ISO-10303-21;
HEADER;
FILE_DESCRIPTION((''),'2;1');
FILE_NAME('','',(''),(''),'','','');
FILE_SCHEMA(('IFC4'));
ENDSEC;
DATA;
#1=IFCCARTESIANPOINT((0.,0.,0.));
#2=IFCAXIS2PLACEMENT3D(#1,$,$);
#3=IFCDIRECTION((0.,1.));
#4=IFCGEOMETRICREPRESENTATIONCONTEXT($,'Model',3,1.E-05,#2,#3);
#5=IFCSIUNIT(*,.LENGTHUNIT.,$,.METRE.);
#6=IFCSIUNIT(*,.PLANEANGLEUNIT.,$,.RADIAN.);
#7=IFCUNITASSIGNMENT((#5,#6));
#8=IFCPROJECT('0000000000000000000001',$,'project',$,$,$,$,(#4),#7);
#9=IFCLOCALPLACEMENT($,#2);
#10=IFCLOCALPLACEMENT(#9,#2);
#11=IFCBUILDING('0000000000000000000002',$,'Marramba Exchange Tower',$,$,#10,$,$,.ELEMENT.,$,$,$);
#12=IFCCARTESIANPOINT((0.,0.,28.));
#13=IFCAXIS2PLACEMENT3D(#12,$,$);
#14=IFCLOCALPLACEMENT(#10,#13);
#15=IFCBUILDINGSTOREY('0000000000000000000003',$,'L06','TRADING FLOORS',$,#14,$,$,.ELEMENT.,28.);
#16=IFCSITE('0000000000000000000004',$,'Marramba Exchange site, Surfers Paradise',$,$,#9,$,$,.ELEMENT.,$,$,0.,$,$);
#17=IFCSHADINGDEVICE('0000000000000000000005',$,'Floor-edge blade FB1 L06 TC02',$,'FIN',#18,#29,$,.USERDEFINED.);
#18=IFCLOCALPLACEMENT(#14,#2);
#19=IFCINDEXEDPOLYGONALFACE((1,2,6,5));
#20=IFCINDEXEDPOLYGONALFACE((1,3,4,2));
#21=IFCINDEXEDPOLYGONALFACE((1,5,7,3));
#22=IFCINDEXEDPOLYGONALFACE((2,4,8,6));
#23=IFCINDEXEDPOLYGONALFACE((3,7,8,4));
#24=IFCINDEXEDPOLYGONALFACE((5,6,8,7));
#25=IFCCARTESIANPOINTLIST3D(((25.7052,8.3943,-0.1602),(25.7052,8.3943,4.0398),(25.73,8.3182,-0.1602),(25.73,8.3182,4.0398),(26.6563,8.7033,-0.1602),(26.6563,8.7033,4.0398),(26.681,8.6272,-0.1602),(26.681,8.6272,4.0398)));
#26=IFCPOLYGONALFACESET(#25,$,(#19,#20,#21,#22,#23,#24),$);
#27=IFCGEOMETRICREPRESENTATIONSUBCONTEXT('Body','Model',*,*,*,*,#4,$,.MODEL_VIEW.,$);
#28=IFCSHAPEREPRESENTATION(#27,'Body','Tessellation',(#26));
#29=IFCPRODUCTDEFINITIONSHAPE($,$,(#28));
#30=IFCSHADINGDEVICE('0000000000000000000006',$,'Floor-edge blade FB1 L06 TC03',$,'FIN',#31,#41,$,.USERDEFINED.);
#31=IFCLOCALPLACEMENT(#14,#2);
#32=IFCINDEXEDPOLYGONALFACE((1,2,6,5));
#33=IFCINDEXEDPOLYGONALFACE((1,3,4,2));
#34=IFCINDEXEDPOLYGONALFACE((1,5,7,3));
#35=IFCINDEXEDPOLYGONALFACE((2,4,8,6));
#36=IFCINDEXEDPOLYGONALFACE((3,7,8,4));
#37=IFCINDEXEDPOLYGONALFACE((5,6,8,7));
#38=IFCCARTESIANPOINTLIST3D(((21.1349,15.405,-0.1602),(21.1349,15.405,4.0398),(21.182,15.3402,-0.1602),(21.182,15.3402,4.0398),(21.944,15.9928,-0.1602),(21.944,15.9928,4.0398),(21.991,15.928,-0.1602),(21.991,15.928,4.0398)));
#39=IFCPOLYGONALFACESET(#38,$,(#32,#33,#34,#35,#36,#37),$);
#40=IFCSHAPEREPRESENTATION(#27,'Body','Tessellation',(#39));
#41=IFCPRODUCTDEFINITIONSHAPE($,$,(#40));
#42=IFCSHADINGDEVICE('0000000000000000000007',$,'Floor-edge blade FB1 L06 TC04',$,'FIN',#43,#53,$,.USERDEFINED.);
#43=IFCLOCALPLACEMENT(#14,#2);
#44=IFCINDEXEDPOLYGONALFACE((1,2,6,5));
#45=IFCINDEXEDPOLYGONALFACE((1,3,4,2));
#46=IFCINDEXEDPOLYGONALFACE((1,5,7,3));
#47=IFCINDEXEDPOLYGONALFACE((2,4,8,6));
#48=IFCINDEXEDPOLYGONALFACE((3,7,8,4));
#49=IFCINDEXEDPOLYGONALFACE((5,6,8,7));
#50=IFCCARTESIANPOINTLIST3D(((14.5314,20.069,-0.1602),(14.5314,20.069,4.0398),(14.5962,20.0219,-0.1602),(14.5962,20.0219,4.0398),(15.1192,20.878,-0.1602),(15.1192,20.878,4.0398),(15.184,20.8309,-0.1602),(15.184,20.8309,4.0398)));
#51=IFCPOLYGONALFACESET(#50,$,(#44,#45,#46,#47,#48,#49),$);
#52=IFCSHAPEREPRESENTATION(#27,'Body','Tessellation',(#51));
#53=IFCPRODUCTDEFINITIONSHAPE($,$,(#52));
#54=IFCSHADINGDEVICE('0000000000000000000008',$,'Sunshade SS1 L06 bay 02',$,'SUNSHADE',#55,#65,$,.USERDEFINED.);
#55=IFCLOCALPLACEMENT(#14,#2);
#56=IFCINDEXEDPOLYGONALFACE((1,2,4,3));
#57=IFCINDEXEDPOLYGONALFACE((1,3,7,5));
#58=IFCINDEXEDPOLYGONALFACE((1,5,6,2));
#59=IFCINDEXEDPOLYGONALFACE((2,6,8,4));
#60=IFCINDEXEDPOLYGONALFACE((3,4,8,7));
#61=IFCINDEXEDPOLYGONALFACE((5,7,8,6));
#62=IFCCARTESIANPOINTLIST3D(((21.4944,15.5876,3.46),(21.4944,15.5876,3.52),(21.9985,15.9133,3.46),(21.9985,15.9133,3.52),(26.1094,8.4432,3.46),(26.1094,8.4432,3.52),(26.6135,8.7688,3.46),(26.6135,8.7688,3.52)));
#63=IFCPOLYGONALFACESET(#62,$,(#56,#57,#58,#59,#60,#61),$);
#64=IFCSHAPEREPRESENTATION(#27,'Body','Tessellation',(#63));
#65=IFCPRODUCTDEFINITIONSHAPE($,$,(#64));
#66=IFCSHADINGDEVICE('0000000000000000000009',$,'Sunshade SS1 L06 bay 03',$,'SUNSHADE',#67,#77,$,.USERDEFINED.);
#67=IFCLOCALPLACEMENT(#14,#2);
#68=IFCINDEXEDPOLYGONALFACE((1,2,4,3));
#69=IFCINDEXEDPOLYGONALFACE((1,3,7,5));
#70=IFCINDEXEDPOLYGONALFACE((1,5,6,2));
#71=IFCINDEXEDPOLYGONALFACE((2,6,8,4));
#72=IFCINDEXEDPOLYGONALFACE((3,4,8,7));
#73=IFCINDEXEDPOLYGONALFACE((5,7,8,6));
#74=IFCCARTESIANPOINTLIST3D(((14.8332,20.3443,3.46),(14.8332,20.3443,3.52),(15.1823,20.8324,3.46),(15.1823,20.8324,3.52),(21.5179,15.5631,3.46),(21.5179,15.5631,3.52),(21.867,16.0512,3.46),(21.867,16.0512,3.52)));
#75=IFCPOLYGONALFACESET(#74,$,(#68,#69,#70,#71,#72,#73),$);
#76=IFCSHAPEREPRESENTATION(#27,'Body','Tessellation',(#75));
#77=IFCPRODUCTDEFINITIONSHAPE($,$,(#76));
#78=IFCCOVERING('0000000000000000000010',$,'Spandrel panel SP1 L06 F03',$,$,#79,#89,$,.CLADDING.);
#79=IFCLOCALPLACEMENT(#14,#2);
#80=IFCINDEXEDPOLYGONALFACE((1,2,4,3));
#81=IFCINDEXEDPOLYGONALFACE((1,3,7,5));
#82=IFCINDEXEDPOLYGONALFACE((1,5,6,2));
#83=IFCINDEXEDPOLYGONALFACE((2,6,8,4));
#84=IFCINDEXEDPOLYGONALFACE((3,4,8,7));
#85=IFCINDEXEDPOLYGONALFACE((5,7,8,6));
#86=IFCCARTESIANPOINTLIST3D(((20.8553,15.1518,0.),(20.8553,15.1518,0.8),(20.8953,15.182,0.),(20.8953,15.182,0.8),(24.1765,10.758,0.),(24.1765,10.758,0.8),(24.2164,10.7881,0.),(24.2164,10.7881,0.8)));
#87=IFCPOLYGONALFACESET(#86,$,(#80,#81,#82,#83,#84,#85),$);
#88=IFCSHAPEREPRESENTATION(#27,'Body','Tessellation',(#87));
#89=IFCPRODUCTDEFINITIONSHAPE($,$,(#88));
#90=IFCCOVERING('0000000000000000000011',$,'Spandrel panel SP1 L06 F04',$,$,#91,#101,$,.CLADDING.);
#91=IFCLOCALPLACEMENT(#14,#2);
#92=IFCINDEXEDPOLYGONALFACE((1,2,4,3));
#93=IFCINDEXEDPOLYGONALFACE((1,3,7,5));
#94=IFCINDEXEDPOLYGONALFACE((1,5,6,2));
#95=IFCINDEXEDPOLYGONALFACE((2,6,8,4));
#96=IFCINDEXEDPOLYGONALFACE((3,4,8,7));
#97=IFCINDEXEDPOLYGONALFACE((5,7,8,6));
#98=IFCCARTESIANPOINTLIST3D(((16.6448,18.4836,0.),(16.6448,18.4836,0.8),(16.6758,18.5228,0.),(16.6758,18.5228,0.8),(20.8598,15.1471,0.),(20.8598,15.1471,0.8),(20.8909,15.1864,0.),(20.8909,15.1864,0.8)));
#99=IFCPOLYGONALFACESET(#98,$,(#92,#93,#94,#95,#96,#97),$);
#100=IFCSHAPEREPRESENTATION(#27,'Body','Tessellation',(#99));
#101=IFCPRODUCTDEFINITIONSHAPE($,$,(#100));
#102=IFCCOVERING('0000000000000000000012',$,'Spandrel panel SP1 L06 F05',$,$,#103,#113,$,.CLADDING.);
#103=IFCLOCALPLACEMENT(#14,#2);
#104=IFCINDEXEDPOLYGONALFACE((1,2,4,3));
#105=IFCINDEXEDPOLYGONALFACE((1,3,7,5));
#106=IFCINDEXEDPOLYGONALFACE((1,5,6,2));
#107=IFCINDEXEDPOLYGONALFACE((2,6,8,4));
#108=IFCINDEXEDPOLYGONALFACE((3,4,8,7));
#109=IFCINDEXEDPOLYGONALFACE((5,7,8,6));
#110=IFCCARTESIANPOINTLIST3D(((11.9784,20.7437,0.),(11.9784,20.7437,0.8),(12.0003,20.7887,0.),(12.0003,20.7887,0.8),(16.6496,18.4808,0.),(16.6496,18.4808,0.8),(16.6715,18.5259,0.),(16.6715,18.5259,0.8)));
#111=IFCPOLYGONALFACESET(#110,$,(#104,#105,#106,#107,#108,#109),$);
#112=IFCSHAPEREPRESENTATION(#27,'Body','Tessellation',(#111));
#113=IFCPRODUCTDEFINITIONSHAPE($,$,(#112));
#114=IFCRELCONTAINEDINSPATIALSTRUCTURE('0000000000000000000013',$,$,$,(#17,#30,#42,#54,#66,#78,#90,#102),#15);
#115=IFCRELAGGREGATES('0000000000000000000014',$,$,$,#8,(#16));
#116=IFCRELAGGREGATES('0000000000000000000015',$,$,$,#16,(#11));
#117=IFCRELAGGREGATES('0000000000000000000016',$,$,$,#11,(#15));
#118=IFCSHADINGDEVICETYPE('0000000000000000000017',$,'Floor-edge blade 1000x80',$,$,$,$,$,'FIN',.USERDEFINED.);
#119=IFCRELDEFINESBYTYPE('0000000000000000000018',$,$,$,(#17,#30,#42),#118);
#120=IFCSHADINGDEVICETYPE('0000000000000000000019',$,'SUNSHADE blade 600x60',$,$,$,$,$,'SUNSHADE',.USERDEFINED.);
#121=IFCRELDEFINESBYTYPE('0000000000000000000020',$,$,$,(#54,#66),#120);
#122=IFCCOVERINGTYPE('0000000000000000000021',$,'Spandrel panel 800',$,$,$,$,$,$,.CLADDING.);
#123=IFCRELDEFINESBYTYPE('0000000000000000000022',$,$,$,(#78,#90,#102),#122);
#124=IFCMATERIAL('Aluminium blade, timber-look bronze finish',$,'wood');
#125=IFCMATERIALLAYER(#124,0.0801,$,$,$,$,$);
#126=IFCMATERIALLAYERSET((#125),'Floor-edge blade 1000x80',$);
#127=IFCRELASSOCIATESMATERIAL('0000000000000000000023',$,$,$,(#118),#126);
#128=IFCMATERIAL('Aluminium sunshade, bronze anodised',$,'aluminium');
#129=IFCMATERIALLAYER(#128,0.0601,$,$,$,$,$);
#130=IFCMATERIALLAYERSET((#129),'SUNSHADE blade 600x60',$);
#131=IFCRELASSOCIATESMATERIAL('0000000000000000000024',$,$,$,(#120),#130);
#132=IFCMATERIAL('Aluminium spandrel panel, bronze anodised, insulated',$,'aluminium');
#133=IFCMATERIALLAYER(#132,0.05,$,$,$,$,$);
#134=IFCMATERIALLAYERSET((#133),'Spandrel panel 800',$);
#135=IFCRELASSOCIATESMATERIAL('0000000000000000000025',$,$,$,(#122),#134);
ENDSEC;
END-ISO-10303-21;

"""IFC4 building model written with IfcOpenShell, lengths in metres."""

from ifc_helpers import new_model, si_unit, direction, frame, origin, origin_2d, place, context, subcontext, project, spatial, rectangle, extrude, material, layer, layer_set, type_object, element, save


model = new_model("IFC4")

# Units and contexts
model_context = context("Model", 3, precision=1e-05, world=origin(), true_north=direction((0.0, 1.0)))
body_context = subcontext(model_context, "Body", "Model", "MODEL_VIEW")
ifc_project = project(units=[si_unit("LENGTHUNIT", "METRE"), si_unit("PLANEANGLEUNIT", "RADIAN")], contexts=[model_context])

# Site, building, storey
site_placement = place(None, origin())
site = spatial("IfcSite", under=ifc_project, at=site_placement, Name="Marramba Exchange site, Surfers Paradise", CompositionType="ELEMENT", RefElevation=0.0)
building_placement = place(site_placement, origin())
building = spatial("IfcBuilding", under=site, at=building_placement, Name="Marramba Exchange Tower", CompositionType="ELEMENT")
storey_placement = place(building_placement, frame((0.0, 0.0, 28.0)))
storey = spatial("IfcBuildingStorey", under=building, at=storey_placement, Name="L06", Description="TRADING FLOORS", CompositionType="ELEMENT", Elevation=28.0)

# Shading devices
ifc_material_1 = material(Name="Aluminium blade, timber-look bronze finish", Category="wood")
ifc_layer_1 = layer(ifc_material_1, 0.0801)
ifc_layer_set_1 = layer_set([ifc_layer_1], Name="Floor-edge blade 1000x80")
shading_device_type_1 = type_object("IfcShadingDeviceType", Name="Floor-edge blade 1000x80", ElementType="FIN", PredefinedType="USERDEFINED", material=ifc_layer_set_1)
for number, where, z_axis, x_axis, name in (
    (1, (26.1931, 8.5107, -0.1602), (0.0, 0.0, 1.0), (0.951057, 0.309017, 0.0), "Floor-edge blade FB1 L06 TC02"),
    (2, (21.563, 15.6665, -0.1602), (0.0, 0.0, 1.0), (0.809017, 0.587785, 0.0), "Floor-edge blade FB1 L06 TC03"),
    (3, (14.8577, 20.45, -0.1602), (0.0, 0.0, 1.0), (0.587785, 0.809017, 0.0), "Floor-edge blade FB1 L06 TC04"),
):
    element("IfcShadingDevice", number, at=place(storey_placement, frame(where, z_axis=z_axis, x_axis=x_axis)), inside=storey, type_object=shading_device_type_1, Name=name, ObjectType="FIN", PredefinedType="USERDEFINED", context=body_context, shape_type="SweptSolid", body=[
        extrude(rectangle(XDim=1.0, YDim=0.0801, at=origin_2d()), origin(), (0.0, 0.0, 1.0), 4.2),
    ])
ifc_material_2 = material(Name="Aluminium sunshade, bronze anodised", Category="aluminium")
ifc_layer_2 = layer(ifc_material_2, 0.0601)
ifc_layer_set_2 = layer_set([ifc_layer_2], Name="SUNSHADE blade 600x60")
shading_device_type_2 = type_object("IfcShadingDeviceType", Name="SUNSHADE blade 600x60", ElementType="SUNSHADE", PredefinedType="USERDEFINED", material=ifc_layer_set_2)
shading_device_1_placement = place(storey_placement, frame((24.054, 12.1782, 3.46), z_axis=(0.0, 0.0, 1.0), x_axis=(-0.542597, 0.839993, 0.0)))
element("IfcShadingDevice", 4, at=shading_device_1_placement, inside=storey, type_object=shading_device_type_2, Name="Sunshade SS1 L06 bay 02", ObjectType="SUNSHADE", PredefinedType="USERDEFINED", context=body_context, shape_type="SweptSolid", body=[
    extrude(rectangle(XDim=8.5054, YDim=0.6001, at=origin_2d()), origin(), (0.0, 0.0, 1.0), 0.0601),
])
shading_device_2_placement = place(storey_placement, frame((18.3501, 18.1978, 3.46), z_axis=(0.0, 0.0, 1.0), x_axis=(-0.813363, 0.581757, 0.0)))
element("IfcShadingDevice", 5, at=shading_device_2_placement, inside=storey, type_object=shading_device_type_2, Name="Sunshade SS1 L06 bay 03", ObjectType="SUNSHADE", PredefinedType="USERDEFINED", context=body_context, shape_type="SweptSolid", body=[
    extrude(rectangle(XDim=8.2185, YDim=0.6001, at=origin_2d()), origin(), (0.0, 0.0, 1.0), 0.0601),
])

# Coverings
ifc_material_3 = material(Name="Aluminium spandrel panel, bronze anodised, insulated", Category="aluminium")
ifc_layer_3 = layer(ifc_material_3, 0.05)
ifc_layer_set_3 = layer_set([ifc_layer_3], Name="Spandrel panel 800")
covering_type = type_object("IfcCoveringType", Name="Spandrel panel 800", PredefinedType="CLADDING", material=ifc_layer_set_3)
covering_1_placement = place(storey_placement, frame((22.5359, 12.97, 0.0), z_axis=(0.0, 0.0, 1.0), x_axis=(-0.60299, 0.797749, 0.0)))
element("IfcCovering", 6, at=covering_1_placement, inside=storey, type_object=covering_type, Name="Spandrel panel SP1 L06 F03", PredefinedType="CLADDING", context=body_context, shape_type="SweptSolid", body=[
    extrude(rectangle(XDim=5.5078, YDim=0.05, at=origin_2d()), origin(), (0.0, 0.0, 1.0), 0.8),
])
covering_2_placement = place(storey_placement, frame((18.7678, 16.835, 0.0), z_axis=(0.0, 0.0, 1.0), x_axis=(-0.784088, 0.62065, 0.0)))
element("IfcCovering", 7, at=covering_2_placement, inside=storey, type_object=covering_type, Name="Spandrel panel SP1 L06 F04", PredefinedType="CLADDING", context=body_context, shape_type="SweptSolid", body=[
    extrude(rectangle(XDim=5.3757, YDim=0.05, at=origin_2d()), origin(), (0.0, 0.0, 1.0), 0.8),
])
covering_3_placement = place(storey_placement, frame((14.325, 19.6348, 0.0), z_axis=(0.0, 0.0, 1.0), x_axis=(-0.899963, 0.435965, 0.0)))
element("IfcCovering", 8, at=covering_3_placement, inside=storey, type_object=covering_type, Name="Spandrel panel SP1 L06 F05", PredefinedType="CLADDING", context=body_context, shape_type="SweptSolid", body=[
    extrude(rectangle(XDim=5.1904, YDim=0.05, at=origin_2d()), origin(), (0.0, 0.0, 1.0), 0.8),
])

save(model, "model.ifc")
